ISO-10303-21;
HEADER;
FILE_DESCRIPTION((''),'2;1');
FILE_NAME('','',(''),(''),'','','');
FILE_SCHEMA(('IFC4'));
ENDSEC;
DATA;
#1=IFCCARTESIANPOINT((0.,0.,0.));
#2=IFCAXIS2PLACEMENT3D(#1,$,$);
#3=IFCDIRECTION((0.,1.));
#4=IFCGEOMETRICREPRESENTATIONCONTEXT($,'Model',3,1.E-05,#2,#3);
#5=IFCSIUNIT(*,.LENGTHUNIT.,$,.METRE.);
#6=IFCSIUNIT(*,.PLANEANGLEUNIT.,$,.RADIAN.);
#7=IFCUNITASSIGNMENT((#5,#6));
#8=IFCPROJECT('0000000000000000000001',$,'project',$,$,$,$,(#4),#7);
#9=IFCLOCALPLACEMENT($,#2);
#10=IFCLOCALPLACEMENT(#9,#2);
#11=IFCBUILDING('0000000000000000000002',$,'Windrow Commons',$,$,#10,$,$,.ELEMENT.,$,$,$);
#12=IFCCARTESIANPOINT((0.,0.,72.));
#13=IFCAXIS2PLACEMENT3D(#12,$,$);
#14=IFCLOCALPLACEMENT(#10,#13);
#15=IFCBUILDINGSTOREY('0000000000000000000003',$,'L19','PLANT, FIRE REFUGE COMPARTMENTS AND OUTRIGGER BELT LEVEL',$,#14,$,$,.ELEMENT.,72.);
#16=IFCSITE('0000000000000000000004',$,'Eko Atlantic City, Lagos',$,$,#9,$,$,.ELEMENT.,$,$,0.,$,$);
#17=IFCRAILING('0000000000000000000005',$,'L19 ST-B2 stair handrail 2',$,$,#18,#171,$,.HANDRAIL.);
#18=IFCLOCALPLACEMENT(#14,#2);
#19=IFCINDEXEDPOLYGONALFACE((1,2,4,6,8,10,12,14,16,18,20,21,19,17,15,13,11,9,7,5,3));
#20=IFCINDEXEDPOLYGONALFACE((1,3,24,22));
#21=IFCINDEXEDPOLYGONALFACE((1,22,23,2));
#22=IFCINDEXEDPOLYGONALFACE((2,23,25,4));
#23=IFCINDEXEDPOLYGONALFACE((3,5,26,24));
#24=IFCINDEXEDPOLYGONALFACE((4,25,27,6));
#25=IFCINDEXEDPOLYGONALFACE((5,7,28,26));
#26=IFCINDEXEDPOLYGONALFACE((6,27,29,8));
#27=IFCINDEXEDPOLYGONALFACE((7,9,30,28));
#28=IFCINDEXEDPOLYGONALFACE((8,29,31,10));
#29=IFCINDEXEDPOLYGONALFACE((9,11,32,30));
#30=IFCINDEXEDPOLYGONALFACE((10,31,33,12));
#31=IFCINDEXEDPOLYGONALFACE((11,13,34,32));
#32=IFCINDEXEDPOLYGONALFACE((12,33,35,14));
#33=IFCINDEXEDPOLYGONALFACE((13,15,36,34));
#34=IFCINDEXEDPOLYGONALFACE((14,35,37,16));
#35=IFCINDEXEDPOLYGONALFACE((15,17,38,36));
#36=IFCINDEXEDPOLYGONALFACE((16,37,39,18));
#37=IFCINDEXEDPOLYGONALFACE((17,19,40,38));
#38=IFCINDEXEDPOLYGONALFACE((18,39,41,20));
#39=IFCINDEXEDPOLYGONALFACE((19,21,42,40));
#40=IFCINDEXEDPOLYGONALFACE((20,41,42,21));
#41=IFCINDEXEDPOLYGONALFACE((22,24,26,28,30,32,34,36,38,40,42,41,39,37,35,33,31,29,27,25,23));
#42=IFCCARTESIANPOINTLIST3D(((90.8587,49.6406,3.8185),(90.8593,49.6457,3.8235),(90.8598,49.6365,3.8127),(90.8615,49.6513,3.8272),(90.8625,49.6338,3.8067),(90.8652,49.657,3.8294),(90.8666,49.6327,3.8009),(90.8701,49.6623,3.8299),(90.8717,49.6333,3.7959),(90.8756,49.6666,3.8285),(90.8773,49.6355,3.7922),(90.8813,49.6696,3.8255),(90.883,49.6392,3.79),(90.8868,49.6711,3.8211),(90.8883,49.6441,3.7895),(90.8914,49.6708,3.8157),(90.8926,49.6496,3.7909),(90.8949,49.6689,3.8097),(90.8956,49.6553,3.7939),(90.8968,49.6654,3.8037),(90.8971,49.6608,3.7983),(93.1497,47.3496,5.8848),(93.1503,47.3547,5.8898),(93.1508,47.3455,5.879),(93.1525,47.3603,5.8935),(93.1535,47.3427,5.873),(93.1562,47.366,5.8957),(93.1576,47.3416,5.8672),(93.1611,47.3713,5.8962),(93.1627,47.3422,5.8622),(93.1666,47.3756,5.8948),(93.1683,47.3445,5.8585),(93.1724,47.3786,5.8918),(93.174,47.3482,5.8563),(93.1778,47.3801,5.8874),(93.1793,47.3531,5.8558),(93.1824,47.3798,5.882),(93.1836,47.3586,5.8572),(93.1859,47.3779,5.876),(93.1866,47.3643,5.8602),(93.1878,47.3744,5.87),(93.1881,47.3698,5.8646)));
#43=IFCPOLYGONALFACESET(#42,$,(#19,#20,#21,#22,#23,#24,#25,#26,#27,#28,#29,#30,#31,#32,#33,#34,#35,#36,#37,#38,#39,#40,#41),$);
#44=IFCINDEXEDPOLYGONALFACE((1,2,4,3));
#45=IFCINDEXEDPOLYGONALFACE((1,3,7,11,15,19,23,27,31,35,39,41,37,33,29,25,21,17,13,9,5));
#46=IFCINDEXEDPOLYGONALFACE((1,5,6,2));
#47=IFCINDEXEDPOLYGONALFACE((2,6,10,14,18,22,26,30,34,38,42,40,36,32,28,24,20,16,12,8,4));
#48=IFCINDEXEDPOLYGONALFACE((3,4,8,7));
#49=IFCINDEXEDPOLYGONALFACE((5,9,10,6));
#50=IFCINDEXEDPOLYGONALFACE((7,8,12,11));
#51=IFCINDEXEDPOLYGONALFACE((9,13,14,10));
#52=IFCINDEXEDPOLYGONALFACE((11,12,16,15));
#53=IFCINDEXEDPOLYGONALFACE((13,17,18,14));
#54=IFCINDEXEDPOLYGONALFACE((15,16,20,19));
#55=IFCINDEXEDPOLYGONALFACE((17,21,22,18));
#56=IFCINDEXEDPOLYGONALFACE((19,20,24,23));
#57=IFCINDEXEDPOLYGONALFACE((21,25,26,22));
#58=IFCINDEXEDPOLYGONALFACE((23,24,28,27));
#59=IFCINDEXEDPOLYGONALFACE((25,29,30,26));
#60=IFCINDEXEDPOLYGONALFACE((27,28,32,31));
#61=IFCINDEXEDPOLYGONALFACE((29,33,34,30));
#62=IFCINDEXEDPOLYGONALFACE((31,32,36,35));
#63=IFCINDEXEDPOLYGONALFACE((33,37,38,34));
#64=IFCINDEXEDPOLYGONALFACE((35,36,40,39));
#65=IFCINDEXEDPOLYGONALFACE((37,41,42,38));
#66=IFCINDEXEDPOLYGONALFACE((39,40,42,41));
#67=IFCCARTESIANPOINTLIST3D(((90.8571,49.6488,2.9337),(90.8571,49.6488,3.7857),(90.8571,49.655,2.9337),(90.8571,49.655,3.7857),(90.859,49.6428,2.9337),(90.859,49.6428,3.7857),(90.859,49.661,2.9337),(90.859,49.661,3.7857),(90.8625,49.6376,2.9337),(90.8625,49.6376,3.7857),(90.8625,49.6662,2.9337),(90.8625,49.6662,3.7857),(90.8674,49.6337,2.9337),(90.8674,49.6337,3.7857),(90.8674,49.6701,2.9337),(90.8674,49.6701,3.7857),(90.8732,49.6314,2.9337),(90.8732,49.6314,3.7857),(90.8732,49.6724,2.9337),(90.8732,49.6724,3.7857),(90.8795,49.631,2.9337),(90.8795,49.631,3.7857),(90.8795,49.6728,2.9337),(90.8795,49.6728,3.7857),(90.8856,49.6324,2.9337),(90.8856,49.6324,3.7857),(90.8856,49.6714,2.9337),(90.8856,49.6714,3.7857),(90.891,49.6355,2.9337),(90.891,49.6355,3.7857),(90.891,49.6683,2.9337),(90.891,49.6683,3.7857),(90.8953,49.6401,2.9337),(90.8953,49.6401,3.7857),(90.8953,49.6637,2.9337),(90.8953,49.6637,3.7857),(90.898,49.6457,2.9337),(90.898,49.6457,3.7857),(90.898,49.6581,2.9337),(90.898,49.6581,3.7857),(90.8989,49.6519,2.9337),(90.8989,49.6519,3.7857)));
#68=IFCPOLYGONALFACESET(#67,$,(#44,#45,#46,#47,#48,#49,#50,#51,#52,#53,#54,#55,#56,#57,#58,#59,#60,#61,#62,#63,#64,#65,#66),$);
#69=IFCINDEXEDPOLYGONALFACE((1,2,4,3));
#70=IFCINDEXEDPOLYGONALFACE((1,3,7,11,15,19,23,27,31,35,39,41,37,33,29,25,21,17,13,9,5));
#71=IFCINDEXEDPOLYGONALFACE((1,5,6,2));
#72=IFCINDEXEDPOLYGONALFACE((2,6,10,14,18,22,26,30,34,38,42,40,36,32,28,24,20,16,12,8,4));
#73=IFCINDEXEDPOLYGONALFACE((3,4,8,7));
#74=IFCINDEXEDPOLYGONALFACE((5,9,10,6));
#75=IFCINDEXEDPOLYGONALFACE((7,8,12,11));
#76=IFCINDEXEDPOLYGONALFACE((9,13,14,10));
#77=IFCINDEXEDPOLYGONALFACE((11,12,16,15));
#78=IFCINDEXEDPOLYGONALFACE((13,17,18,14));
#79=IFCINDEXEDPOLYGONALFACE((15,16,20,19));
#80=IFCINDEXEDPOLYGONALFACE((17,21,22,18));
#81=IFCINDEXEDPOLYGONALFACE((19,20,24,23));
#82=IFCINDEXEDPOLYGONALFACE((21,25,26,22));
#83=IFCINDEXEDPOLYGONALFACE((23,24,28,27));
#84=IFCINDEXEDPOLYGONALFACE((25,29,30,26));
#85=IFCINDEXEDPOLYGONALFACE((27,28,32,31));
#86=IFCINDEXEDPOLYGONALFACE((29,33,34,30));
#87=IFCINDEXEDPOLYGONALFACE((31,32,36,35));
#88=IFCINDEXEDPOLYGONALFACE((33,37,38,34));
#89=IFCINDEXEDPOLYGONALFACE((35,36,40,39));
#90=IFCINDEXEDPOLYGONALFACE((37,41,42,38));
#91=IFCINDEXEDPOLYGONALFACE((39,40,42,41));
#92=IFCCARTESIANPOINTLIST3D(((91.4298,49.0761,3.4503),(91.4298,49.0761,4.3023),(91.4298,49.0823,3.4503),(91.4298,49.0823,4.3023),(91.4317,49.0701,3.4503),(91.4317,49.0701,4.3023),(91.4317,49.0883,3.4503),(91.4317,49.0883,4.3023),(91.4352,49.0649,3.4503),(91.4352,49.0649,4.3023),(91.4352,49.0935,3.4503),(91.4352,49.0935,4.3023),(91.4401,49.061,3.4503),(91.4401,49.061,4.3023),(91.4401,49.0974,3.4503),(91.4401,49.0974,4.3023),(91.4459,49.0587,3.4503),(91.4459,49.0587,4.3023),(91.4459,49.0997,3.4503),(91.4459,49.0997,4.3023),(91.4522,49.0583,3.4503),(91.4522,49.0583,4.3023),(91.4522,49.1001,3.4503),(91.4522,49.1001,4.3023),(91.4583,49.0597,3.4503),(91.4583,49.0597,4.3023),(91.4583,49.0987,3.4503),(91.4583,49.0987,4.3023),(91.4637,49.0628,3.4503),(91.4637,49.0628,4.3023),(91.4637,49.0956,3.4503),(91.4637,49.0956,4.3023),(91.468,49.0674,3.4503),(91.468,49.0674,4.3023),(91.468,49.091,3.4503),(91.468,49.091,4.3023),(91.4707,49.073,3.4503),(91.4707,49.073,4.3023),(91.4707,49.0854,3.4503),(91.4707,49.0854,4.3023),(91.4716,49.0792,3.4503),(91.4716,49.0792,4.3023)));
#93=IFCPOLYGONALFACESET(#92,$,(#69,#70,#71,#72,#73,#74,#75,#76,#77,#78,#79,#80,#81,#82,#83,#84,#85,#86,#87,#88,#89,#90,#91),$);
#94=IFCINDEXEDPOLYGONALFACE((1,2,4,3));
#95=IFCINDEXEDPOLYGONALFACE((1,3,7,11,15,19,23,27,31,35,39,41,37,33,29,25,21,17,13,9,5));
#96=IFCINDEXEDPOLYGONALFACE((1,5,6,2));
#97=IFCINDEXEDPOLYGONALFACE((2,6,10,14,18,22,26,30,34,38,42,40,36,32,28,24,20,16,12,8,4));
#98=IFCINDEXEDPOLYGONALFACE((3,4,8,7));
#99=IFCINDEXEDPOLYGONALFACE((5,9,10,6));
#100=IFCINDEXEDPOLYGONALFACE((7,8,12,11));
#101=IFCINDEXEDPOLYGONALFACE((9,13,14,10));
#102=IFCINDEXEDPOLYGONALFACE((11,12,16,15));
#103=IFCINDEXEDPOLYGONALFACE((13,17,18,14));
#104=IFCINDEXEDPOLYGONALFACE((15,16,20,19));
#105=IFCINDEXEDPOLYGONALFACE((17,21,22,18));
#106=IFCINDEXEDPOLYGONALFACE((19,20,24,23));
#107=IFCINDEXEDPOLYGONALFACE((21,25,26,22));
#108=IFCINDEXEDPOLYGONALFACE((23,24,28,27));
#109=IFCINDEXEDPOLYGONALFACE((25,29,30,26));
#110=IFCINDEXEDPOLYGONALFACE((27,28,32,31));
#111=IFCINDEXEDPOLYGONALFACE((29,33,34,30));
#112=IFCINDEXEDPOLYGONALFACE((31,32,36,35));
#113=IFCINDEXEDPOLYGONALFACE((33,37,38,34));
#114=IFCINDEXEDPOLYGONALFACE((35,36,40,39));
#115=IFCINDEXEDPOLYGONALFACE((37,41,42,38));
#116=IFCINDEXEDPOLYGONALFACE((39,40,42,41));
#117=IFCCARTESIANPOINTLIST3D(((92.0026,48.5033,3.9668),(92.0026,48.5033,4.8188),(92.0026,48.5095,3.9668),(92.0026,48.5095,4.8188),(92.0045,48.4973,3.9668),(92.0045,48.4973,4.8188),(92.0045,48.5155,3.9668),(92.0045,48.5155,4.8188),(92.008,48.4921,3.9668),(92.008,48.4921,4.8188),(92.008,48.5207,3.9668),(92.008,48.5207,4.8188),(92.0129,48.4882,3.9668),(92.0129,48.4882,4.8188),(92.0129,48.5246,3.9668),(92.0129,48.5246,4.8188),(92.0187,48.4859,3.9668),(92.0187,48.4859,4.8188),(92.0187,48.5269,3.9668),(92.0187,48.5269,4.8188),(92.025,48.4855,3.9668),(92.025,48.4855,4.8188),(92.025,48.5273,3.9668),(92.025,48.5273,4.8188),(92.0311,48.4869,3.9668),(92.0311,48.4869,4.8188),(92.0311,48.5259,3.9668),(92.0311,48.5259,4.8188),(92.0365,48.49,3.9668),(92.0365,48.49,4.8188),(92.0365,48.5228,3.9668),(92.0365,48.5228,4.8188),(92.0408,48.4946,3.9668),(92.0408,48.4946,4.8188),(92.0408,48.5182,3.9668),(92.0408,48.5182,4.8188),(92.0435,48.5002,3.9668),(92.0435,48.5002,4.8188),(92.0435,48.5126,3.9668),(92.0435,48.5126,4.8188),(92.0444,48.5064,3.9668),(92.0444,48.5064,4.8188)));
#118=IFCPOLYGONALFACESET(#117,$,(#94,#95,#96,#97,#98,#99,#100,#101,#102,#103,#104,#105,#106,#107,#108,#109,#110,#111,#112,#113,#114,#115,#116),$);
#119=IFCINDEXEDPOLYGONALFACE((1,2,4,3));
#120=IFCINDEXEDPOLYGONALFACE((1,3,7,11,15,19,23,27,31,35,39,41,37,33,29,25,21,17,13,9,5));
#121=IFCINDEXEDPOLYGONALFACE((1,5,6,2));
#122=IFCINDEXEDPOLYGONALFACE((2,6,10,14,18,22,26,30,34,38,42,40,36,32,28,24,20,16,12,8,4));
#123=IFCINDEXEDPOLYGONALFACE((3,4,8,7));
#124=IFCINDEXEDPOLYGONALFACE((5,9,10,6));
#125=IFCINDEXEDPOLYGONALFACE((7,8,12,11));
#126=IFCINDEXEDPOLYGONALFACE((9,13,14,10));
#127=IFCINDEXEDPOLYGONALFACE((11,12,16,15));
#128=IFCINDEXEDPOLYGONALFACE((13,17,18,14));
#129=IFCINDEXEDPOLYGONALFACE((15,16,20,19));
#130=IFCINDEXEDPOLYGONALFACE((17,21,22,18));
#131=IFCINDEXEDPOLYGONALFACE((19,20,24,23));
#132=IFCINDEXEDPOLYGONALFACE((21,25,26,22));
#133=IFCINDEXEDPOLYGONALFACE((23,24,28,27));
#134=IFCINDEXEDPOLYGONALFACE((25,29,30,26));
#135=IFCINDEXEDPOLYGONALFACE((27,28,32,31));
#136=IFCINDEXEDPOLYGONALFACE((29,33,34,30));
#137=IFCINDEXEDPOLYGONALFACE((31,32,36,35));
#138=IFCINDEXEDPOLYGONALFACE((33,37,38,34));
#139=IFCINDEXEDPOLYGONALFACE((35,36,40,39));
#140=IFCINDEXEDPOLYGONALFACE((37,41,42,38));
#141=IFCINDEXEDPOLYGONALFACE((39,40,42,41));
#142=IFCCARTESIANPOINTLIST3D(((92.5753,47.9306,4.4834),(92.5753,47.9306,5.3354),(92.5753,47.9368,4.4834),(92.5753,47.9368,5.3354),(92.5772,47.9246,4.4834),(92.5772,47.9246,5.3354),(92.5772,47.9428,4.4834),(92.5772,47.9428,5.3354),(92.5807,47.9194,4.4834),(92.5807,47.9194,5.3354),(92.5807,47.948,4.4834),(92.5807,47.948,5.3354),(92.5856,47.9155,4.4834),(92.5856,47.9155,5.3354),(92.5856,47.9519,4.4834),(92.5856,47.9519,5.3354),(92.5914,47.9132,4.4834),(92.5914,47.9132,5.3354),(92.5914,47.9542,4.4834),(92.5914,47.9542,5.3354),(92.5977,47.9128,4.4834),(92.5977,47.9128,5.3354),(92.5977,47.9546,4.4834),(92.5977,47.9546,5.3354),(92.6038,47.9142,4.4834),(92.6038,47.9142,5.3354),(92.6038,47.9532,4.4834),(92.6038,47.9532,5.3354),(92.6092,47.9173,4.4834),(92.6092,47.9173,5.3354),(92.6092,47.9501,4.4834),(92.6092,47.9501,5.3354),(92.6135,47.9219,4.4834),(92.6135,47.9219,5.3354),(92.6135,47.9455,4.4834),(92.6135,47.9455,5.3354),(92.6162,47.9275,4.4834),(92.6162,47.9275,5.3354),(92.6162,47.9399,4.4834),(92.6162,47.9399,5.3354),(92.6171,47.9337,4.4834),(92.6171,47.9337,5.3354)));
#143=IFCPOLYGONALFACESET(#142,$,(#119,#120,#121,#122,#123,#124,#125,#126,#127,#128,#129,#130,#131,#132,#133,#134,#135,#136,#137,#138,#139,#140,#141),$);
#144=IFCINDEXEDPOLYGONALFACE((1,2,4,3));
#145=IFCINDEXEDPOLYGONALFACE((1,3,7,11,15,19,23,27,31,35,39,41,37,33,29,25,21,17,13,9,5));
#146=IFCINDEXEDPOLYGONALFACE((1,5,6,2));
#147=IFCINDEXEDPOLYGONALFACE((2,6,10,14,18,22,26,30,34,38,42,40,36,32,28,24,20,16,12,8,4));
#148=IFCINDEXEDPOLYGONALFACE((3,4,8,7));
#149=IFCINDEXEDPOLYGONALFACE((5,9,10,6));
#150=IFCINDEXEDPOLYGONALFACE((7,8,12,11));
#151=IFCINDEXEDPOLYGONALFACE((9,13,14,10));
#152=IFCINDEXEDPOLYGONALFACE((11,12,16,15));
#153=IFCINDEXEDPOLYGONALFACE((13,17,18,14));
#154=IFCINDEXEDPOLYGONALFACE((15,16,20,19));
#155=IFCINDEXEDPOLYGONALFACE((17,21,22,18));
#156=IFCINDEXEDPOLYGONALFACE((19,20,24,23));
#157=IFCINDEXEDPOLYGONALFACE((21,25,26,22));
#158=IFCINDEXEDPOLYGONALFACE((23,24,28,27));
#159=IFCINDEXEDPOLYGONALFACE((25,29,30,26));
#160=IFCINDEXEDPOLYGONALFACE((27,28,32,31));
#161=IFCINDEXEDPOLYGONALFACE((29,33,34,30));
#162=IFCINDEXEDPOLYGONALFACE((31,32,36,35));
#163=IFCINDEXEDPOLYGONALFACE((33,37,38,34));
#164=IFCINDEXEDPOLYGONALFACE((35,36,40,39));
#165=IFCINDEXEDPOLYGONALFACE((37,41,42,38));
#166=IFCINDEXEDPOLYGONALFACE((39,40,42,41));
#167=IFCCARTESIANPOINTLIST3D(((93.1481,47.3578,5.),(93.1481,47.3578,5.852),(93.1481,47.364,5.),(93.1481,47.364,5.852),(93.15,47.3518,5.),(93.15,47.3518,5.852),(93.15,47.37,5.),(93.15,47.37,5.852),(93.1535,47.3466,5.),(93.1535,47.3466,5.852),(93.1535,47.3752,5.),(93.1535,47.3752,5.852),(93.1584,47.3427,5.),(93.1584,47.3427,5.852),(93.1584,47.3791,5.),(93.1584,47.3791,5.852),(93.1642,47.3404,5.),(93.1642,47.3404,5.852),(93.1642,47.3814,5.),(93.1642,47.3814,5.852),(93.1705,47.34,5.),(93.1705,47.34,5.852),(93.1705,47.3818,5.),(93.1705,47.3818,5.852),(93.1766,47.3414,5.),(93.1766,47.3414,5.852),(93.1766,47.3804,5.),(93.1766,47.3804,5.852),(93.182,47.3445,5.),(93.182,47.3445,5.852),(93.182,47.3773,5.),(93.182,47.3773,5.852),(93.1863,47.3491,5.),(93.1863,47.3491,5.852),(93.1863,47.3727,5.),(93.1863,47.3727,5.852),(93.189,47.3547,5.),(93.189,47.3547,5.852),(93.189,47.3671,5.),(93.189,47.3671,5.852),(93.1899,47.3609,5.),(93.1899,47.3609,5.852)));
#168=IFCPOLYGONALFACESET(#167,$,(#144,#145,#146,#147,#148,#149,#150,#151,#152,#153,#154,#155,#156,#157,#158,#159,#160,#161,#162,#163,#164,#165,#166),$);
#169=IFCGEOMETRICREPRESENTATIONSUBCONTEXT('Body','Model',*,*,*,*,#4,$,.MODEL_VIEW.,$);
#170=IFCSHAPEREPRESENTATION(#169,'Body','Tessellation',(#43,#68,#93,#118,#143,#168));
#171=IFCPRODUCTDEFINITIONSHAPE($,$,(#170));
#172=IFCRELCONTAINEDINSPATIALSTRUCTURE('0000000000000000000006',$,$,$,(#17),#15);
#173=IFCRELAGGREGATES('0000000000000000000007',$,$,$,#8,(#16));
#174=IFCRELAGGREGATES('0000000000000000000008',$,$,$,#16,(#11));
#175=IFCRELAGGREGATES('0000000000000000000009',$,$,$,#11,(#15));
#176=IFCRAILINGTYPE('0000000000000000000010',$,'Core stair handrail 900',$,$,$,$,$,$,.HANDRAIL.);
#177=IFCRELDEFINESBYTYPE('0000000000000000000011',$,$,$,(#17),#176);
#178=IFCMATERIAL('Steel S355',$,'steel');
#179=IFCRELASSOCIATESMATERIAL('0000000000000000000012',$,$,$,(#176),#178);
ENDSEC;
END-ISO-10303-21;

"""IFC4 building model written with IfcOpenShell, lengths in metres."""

from ifc_helpers import new_model, si_unit, direction, frame, origin, origin_2d, place, context, subcontext, project, spatial, circle, extrude, material, type_object, element, save


model = new_model("IFC4")

# Units and contexts
model_context = context("Model", 3, precision=1e-05, world=origin(), true_north=direction((0.0, 1.0)))
body_context = subcontext(model_context, "Body", "Model", "MODEL_VIEW")
ifc_project = project(units=[si_unit("LENGTHUNIT", "METRE"), si_unit("PLANEANGLEUNIT", "RADIAN")], contexts=[model_context])

# Site, building, storey
site_placement = place(None, origin())
site = spatial("IfcSite", under=ifc_project, at=site_placement, Name="Eko Atlantic City, Lagos", CompositionType="ELEMENT", RefElevation=0.0)
building_placement = place(site_placement, origin())
building = spatial("IfcBuilding", under=site, at=building_placement, Name="Windrow Commons", CompositionType="ELEMENT")
storey_placement = place(building_placement, frame((0.0, 0.0, 72.0)))
storey = spatial("IfcBuildingStorey", under=building, at=storey_placement, Name="L19", Description="PLANT, FIRE REFUGE COMPARTMENTS AND OUTRIGGER BELT LEVEL", CompositionType="ELEMENT", Elevation=72.0)

# Railing
ifc_material_1 = material(Name="Steel S355", Category="steel")
railing_type_1 = type_object("IfcRailingType", Name="Core stair handrail 900", PredefinedType="HANDRAIL", material=ifc_material_1)
railing_1_placement = place(storey_placement, frame((90.8779, 49.6519, 2.9337)))
element("IfcRailing", 1, at=railing_1_placement, inside=storey, type_object=railing_type_1, Name="L19 ST-B2 stair handrail 2", PredefinedType="HANDRAIL", context=body_context, shape_type="SweptSolid", body=[
    extrude(circle(Radius=0.024, at=origin_2d()), frame((0.0, 0.0, 0.876), z_axis=(0.596183, -0.596183, 0.53771), x_axis=(0.707107, 0.707107, 0.0)), (0.0, 0.0, 1.0), 3.8428),
    extrude(circle(Radius=0.021, at=origin_2d()), origin(), (0.0, 0.0, 1.0), 0.852),
    extrude(circle(Radius=0.021, at=origin_2d()), frame((0.5727, -0.5727, 0.5166)), (0.0, 0.0, 1.0), 0.852),
    extrude(circle(Radius=0.021, at=origin_2d()), frame((1.1455, -1.1455, 1.0331)), (0.0, 0.0, 1.0), 0.852),
    extrude(circle(Radius=0.021, at=origin_2d()), frame((1.7182, -1.7182, 1.5497)), (0.0, 0.0, 1.0), 0.852),
    extrude(circle(Radius=0.021, at=origin_2d()), frame((2.291, -2.291, 2.0663)), (0.0, 0.0, 1.0), 0.852),
])

save(model, "model.ifc")
